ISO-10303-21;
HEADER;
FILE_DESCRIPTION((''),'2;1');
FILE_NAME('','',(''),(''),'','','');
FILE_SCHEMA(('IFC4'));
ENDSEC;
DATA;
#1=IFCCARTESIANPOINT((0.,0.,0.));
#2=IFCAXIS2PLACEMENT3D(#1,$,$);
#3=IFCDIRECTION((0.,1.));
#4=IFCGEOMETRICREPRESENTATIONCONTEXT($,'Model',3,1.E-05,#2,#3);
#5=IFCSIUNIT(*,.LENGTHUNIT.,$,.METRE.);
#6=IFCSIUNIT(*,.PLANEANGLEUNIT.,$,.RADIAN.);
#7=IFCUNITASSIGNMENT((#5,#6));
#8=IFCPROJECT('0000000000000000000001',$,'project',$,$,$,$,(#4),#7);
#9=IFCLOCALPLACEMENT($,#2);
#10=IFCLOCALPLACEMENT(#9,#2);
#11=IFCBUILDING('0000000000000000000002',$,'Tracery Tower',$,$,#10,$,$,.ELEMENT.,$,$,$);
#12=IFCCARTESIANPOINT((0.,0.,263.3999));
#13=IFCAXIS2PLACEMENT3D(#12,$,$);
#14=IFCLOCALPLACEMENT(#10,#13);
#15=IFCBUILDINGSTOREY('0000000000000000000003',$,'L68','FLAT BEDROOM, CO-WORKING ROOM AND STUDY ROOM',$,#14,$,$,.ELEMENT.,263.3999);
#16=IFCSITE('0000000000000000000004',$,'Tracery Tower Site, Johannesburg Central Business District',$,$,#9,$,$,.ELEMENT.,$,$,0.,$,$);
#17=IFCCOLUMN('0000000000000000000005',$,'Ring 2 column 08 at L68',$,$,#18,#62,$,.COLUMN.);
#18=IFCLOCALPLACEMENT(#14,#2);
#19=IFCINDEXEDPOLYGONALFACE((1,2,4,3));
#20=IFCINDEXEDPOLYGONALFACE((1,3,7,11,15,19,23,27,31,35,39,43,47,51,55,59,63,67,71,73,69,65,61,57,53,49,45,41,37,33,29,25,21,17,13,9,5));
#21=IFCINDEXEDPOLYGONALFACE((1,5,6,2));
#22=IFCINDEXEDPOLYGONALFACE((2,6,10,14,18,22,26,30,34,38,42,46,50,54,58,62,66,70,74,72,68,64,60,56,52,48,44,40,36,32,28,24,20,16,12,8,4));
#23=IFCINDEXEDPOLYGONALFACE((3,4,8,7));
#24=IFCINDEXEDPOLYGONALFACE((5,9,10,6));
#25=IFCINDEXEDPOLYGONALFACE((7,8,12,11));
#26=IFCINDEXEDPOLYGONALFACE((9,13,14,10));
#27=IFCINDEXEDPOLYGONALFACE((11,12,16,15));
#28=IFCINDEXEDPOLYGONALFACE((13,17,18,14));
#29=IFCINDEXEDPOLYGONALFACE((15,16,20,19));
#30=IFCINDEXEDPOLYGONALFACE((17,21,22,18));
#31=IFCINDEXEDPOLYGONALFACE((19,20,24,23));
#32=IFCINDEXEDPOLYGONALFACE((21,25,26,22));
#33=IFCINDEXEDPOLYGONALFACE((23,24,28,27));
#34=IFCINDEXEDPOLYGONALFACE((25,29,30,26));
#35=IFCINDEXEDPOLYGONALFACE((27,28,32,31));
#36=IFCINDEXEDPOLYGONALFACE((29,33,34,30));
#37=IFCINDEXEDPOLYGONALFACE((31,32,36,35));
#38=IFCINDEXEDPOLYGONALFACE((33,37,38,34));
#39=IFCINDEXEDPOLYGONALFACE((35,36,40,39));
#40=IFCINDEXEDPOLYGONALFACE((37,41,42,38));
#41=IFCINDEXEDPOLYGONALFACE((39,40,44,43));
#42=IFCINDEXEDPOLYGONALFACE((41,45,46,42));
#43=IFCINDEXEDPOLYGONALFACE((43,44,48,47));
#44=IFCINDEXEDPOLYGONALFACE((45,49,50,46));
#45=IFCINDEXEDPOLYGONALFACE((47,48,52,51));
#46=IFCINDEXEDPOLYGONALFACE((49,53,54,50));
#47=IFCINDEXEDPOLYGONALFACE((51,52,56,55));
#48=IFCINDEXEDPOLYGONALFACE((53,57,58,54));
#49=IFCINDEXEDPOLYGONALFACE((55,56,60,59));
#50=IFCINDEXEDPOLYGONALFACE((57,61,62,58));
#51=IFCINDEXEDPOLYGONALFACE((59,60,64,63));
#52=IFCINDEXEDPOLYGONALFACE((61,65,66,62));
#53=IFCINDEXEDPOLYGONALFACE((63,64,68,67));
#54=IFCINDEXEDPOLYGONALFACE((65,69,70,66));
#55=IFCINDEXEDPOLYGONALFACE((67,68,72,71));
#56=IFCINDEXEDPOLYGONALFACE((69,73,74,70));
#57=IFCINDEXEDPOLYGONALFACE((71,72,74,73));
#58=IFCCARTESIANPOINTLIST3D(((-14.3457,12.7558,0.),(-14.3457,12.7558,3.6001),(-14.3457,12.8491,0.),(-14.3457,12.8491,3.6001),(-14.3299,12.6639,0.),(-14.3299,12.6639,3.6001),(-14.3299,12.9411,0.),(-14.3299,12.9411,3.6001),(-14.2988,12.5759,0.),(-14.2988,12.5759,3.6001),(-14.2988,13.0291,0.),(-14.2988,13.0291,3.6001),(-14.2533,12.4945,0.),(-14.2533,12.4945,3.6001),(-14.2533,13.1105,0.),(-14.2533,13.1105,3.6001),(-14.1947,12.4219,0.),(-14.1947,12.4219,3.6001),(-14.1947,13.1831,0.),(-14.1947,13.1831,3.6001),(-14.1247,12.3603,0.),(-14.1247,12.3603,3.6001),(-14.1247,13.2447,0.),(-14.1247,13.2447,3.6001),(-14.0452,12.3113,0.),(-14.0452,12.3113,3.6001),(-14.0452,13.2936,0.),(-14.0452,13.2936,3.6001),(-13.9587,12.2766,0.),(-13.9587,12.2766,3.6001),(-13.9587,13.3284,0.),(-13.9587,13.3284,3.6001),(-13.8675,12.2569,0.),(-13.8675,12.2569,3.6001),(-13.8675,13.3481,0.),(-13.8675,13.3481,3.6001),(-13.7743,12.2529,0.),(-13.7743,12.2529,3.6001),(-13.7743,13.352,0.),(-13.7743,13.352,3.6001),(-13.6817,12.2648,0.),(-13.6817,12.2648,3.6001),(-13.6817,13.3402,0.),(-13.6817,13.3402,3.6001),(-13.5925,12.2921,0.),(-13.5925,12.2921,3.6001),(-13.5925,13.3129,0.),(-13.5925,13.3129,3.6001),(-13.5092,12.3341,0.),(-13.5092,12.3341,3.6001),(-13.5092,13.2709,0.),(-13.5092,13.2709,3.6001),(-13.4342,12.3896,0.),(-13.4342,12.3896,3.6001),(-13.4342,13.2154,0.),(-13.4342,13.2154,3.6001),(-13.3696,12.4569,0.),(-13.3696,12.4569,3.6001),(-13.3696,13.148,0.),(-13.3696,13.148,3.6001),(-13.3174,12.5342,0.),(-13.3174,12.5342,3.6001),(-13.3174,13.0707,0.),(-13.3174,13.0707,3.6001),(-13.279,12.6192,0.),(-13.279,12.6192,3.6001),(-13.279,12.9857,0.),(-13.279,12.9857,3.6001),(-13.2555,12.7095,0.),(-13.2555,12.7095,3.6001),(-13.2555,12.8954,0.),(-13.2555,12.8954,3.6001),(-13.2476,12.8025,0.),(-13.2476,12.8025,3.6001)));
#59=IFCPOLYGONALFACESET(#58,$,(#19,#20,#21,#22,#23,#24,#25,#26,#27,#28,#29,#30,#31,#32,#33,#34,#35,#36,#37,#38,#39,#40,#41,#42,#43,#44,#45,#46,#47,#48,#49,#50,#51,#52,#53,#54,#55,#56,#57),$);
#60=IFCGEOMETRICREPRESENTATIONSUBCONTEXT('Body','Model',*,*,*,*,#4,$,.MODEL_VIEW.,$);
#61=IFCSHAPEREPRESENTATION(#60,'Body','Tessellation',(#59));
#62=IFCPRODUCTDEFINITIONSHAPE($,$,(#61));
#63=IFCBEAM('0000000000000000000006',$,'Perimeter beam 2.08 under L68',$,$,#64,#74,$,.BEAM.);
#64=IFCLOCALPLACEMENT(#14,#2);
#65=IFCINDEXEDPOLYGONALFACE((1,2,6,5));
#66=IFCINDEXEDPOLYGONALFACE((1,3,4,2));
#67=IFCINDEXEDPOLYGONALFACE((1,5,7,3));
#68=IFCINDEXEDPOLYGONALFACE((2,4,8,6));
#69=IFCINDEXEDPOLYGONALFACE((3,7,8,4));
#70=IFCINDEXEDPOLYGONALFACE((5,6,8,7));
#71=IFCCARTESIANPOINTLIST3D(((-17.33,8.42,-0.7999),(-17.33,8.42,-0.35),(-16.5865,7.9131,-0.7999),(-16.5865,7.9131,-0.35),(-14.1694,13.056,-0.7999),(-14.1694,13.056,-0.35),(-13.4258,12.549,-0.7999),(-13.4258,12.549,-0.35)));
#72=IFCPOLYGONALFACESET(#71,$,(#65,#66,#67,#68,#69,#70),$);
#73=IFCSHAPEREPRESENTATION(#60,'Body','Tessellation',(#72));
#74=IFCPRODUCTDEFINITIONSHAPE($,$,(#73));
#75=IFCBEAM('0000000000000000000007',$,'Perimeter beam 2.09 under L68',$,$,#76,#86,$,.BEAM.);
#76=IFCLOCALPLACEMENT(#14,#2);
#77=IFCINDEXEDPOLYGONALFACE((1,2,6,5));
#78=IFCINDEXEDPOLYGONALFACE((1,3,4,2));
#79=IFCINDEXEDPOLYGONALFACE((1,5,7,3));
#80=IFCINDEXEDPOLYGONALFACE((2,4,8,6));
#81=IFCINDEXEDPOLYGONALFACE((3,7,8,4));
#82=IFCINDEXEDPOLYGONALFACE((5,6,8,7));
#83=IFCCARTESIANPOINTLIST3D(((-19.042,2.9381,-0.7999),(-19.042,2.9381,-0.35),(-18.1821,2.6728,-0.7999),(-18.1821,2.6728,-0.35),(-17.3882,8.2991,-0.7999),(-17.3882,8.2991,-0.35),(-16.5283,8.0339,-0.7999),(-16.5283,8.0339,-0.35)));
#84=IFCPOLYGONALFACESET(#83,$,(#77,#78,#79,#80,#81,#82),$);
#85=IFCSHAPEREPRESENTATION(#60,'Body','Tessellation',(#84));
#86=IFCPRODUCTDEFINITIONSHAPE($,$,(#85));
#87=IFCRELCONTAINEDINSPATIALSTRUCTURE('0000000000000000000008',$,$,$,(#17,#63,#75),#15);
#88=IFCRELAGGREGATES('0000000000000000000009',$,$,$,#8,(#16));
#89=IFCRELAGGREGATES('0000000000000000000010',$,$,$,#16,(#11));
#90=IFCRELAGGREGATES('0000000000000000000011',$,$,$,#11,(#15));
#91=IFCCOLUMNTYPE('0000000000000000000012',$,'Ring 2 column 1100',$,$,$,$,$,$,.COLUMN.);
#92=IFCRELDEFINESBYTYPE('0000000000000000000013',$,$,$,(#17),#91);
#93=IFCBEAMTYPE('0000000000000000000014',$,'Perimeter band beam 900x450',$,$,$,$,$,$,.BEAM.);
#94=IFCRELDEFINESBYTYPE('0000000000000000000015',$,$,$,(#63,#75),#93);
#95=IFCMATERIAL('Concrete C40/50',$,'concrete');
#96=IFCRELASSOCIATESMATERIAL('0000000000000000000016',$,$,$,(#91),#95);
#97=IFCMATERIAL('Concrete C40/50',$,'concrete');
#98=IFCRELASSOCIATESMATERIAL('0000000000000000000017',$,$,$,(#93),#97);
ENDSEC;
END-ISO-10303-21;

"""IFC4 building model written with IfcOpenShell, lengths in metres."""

from ifc_helpers import new_model, si_unit, direction, frame, origin, origin_2d, place, context, subcontext, project, spatial, rectangle, circle, extrude, material, material_profile, profile_set, type_object, element, save


model = new_model("IFC4")

# Units and contexts
model_context = context("Model", 3, precision=1e-05, world=origin(), true_north=direction((0.0, 1.0)))
body_context = subcontext(model_context, "Body", "Model", "MODEL_VIEW")
ifc_project = project(units=[si_unit("LENGTHUNIT", "METRE"), si_unit("PLANEANGLEUNIT", "RADIAN")], contexts=[model_context])

# Site, building, storey
site_placement = place(None, origin())
site = spatial("IfcSite", under=ifc_project, at=site_placement, Name="Tracery Tower Site, Johannesburg Central Business District", CompositionType="ELEMENT", RefElevation=0.0)
building_placement = place(site_placement, origin())
building = spatial("IfcBuilding", under=site, at=building_placement, Name="Tracery Tower", CompositionType="ELEMENT")
storey_placement = place(building_placement, frame((0.0, 0.0, 263.3999)))
storey = spatial("IfcBuildingStorey", under=building, at=storey_placement, Name="L68", Description="FLAT BEDROOM, CO-WORKING ROOM AND STUDY ROOM", CompositionType="ELEMENT", Elevation=263.3999)

# Column
ifc_material_1 = material(Name="Concrete C40/50", Category="concrete")
ifc_material_profile_1 = material_profile(ifc_material_1, circle(Radius=0.55, at=origin_2d()), Name="RC D1100")
ifc_profile_set_1 = profile_set([ifc_material_profile_1], Name="Concrete C40/50")
column_type = type_object("IfcColumnType", Name="Ring 2 column 1100", PredefinedType="COLUMN", material=ifc_profile_set_1)
column_placement = place(storey_placement, frame((-13.7976, 12.8025, 0.0), z_axis=(0.0, 0.0, 1.0), x_axis=(1.0, 0.0, 0.0)))
element("IfcColumn", 1, at=column_placement, inside=storey, type_object=column_type, Name="Ring 2 column 08 at L68", PredefinedType="COLUMN", context=body_context, shape_type="SweptSolid", body=[
    extrude(circle(Radius=0.55, at=origin_2d()), origin(), (0.0, 0.0, 1.0), 3.6001),
])

# Beams
ifc_material_2 = material(Name="Concrete C40/50", Category="concrete")
ifc_material_profile_2 = material_profile(ifc_material_2, rectangle(XDim=0.8999, YDim=0.45, at=origin_2d()), Name="RC 900x450")
ifc_profile_set_2 = profile_set([ifc_material_profile_2], Name="Concrete C40/50")
beam_type = type_object("IfcBeamType", Name="Perimeter band beam 900x450", PredefinedType="BEAM", material=ifc_profile_set_2)
beam_1_placement = place(storey_placement, frame((-13.7976, 12.8025, -0.575), z_axis=(-0.563306, -0.826249, 0.0), x_axis=(0.826249, -0.563306, 0.0)))
element("IfcBeam", 2, at=beam_1_placement, inside=storey, type_object=beam_type, Name="Perimeter beam 2.08 under L68", PredefinedType="BEAM", context=body_context, shape_type="SweptSolid", body=[
    extrude(rectangle(XDim=0.8999, YDim=0.45, at=origin_2d()), origin(), (0.0, 0.0, 1.0), 5.6108),
])
beam_2_placement = place(storey_placement, frame((-16.9583, 8.1665, -0.575), z_axis=(-0.294777, -0.955566, 0.0), x_axis=(0.955566, -0.294777, 0.0)))
element("IfcBeam", 3, at=beam_2_placement, inside=storey, type_object=beam_type, Name="Perimeter beam 2.09 under L68", PredefinedType="BEAM", context=body_context, shape_type="SweptSolid", body=[
    extrude(rectangle(XDim=0.8999, YDim=0.45, at=origin_2d()), origin(), (0.0, 0.0, 1.0), 5.6104),
])

save(model, "model.ifc")
